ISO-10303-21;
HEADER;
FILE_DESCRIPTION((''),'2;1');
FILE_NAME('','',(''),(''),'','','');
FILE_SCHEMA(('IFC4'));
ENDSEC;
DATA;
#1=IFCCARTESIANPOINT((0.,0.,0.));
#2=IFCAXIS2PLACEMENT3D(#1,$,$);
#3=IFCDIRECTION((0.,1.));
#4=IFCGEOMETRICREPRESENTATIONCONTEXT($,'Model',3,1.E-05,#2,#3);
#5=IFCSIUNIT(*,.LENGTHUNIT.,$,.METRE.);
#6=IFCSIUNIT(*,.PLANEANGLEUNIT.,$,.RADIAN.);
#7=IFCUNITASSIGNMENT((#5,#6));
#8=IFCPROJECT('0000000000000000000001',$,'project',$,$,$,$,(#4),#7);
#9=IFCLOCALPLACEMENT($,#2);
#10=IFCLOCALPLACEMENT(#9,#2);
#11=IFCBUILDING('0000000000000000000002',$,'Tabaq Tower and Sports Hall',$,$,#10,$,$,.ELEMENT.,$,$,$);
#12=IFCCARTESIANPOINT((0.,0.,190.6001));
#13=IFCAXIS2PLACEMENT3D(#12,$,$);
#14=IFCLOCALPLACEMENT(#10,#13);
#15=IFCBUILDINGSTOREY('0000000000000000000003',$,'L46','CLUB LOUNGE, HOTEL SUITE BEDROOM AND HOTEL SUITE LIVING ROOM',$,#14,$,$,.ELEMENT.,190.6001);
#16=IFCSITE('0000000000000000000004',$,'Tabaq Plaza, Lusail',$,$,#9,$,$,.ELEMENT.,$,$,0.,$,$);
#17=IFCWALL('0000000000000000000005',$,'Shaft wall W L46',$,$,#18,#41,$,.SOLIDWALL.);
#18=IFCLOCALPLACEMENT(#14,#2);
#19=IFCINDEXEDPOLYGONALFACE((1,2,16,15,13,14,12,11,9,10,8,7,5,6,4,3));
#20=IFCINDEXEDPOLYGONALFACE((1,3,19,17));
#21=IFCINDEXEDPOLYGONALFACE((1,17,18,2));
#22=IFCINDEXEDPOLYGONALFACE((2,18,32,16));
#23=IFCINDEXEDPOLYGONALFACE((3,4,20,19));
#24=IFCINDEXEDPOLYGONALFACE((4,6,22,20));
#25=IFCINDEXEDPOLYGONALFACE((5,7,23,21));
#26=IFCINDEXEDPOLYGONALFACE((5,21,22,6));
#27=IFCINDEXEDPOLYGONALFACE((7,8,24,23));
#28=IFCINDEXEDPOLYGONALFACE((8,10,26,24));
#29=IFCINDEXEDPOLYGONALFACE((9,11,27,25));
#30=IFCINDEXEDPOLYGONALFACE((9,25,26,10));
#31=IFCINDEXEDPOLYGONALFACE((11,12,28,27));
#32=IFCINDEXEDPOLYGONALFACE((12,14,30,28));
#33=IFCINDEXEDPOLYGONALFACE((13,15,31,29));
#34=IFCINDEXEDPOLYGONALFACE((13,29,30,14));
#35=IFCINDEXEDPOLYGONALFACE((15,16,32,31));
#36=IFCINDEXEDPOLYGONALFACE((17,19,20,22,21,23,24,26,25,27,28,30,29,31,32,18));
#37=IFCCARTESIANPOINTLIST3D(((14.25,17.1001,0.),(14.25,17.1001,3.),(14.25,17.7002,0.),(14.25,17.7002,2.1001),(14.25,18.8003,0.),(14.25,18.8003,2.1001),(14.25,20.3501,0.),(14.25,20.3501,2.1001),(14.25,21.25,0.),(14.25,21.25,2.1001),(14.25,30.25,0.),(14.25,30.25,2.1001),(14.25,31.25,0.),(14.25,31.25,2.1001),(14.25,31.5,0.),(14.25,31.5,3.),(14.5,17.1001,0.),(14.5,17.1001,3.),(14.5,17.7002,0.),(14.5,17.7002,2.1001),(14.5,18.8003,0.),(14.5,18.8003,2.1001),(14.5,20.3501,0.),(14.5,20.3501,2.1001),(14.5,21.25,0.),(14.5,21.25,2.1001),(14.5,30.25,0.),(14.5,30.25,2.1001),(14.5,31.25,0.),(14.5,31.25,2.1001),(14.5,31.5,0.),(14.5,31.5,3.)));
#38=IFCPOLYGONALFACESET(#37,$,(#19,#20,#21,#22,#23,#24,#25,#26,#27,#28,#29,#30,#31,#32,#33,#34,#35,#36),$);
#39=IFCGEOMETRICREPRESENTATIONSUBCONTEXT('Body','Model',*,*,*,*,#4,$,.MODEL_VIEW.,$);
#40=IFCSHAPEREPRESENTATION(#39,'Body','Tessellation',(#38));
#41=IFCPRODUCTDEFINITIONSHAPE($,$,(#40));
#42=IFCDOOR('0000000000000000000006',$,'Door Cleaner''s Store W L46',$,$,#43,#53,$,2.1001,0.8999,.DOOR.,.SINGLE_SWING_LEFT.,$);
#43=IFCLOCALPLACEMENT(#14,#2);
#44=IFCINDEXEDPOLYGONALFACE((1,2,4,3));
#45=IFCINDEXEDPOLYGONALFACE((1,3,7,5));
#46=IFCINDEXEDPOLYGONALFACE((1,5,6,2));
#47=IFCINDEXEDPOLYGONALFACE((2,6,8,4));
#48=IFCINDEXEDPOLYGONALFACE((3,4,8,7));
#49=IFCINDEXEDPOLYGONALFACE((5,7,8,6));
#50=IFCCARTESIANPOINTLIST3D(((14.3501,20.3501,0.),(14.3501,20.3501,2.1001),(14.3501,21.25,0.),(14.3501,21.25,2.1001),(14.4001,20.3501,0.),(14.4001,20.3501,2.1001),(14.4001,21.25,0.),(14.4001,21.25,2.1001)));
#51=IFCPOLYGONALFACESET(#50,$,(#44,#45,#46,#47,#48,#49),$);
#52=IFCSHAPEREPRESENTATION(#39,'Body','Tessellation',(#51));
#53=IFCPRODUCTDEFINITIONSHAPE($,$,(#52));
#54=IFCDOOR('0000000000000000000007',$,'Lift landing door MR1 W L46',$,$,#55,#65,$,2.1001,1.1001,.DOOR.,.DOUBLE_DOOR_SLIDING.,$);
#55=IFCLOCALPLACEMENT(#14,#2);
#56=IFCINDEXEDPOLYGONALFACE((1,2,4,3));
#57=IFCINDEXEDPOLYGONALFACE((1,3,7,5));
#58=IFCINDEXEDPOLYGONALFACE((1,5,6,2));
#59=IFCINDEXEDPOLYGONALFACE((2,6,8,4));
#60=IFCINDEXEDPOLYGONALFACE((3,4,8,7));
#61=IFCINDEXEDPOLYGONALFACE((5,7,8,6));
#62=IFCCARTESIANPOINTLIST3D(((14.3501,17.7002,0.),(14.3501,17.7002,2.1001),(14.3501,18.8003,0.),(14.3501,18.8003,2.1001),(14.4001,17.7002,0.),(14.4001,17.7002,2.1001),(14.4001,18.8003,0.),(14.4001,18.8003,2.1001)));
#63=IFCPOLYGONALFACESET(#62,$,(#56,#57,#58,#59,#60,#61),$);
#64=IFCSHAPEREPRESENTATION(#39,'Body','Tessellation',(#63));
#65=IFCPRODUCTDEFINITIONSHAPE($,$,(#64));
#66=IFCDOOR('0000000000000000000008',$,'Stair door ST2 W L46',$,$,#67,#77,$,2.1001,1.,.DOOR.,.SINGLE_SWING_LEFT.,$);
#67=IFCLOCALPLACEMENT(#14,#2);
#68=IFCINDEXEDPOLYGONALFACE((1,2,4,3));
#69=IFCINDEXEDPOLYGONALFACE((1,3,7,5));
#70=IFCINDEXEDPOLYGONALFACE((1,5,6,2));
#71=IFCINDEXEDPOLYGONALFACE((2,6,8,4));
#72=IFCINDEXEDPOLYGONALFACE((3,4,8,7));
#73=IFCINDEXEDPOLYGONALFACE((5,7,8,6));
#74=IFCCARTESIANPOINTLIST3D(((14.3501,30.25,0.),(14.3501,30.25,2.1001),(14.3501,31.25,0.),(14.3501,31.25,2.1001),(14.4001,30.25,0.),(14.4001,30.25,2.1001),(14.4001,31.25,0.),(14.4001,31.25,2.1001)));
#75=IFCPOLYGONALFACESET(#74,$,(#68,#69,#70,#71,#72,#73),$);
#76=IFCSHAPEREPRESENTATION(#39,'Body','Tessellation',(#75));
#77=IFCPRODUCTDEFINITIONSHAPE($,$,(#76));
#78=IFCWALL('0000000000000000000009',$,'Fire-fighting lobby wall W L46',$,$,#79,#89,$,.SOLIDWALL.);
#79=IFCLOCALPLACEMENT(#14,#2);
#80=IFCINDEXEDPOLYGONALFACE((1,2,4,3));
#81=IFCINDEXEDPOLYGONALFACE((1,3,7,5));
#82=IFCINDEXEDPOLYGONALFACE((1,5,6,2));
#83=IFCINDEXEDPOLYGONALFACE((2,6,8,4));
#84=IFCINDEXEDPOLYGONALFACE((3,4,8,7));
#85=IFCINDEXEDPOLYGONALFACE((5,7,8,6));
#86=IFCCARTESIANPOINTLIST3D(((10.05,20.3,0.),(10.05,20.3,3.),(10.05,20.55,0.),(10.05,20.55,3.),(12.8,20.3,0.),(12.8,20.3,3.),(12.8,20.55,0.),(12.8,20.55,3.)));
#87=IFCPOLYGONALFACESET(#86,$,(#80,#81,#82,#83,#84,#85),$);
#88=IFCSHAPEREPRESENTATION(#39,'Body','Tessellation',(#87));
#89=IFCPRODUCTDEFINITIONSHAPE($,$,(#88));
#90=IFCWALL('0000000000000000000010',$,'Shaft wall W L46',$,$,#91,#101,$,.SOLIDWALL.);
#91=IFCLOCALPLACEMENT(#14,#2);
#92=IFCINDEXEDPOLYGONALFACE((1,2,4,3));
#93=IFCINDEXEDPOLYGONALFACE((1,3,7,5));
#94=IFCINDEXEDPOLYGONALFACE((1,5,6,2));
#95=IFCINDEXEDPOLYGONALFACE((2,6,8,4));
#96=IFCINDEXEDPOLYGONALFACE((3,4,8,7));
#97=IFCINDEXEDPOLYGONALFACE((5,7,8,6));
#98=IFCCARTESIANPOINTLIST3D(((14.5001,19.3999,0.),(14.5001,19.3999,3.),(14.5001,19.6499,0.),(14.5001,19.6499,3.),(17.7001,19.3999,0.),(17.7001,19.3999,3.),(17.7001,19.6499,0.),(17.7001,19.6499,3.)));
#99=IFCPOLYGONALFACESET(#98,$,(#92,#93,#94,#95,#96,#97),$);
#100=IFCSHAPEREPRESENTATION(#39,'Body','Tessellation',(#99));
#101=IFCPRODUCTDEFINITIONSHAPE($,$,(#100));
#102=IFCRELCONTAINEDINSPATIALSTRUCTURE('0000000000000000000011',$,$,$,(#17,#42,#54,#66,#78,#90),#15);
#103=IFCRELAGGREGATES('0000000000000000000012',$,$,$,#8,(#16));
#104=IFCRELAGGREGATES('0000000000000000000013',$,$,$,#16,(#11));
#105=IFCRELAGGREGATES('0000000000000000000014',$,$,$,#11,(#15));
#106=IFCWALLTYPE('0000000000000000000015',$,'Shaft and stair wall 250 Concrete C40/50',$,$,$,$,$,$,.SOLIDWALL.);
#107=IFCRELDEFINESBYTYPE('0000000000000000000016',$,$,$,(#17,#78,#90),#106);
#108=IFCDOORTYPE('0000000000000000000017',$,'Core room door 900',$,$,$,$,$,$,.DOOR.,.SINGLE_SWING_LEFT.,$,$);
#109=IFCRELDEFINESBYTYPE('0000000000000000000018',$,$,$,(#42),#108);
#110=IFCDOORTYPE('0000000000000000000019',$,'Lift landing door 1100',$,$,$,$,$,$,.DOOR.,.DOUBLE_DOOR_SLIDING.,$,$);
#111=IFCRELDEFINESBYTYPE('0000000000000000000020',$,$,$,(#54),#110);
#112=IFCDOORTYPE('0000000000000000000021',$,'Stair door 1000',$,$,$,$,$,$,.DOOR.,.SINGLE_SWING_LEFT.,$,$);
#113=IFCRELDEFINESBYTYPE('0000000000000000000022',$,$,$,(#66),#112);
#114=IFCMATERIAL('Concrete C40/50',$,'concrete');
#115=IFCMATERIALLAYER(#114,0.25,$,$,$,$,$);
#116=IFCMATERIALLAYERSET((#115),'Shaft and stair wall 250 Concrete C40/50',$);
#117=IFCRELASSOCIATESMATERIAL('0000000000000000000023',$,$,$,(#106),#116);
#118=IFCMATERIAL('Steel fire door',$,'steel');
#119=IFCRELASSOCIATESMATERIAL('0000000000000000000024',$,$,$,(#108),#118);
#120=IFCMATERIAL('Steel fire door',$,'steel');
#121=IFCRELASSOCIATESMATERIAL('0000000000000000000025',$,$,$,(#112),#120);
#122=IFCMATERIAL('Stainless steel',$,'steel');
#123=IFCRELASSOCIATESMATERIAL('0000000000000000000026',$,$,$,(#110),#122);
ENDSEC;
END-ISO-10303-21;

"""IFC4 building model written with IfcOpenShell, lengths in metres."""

from ifc_helpers import new_model, si_unit, direction, frame, frame_2d, origin, place, context, subcontext, project, spatial, rectangle, extrude, material, layer, layer_set, type_object, element, fill, save


model = new_model("IFC4")

# Units and contexts
model_context = context("Model", 3, precision=1e-05, world=origin(), true_north=direction((0.0, 1.0)))
body_context = subcontext(model_context, "Body", "Model", "MODEL_VIEW")
ifc_project = project(units=[si_unit("LENGTHUNIT", "METRE"), si_unit("PLANEANGLEUNIT", "RADIAN")], contexts=[model_context])

# Site, building, storey
site_placement = place(None, origin())
site = spatial("IfcSite", under=ifc_project, at=site_placement, Name="Tabaq Plaza, Lusail", CompositionType="ELEMENT", RefElevation=0.0)
building_placement = place(site_placement, origin())
building = spatial("IfcBuilding", under=site, at=building_placement, Name="Tabaq Tower and Sports Hall", CompositionType="ELEMENT")
storey_placement = place(building_placement, frame((0.0, 0.0, 190.6001)))
storey = spatial("IfcBuildingStorey", under=building, at=storey_placement, Name="L46", Description="CLUB LOUNGE, HOTEL SUITE BEDROOM AND HOTEL SUITE LIVING ROOM", CompositionType="ELEMENT", Elevation=190.6001)

# Wall, openings, doors
ifc_material_1 = material(Name="Concrete C40/50", Category="concrete")
ifc_layer_1 = layer(ifc_material_1, 0.25)
ifc_layer_set_1 = layer_set([ifc_layer_1], Name="Shaft and stair wall 250 Concrete C40/50")
wall_type_1 = type_object("IfcWallType", Name="Shaft and stair wall 250 Concrete C40/50", PredefinedType="SOLIDWALL", material=ifc_layer_set_1)
ifc_material_2 = material(Name="Steel fire door", Category="steel")
door_type_1 = type_object("IfcDoorType", Name="Core room door 900", OperationType="SINGLE_SWING_LEFT", PredefinedType="DOOR", material=ifc_material_2)
ifc_material_3 = material(Name="Steel fire door", Category="steel")
door_type_2 = type_object("IfcDoorType", Name="Stair door 1000", OperationType="SINGLE_SWING_LEFT", PredefinedType="DOOR", material=ifc_material_3)
wall_1_placement = place(storey_placement, frame((14.375, 17.1001, 0.0), z_axis=(0.0, 0.0, 1.0), x_axis=(0.0, 1.0, 0.0)))
wall_1 = element("IfcWall", 1, at=wall_1_placement, inside=storey, type_object=wall_type_1, Name="Shaft wall W L46", PredefinedType="SOLIDWALL", context=body_context, shape_type="SweptSolid", body=[
    extrude(rectangle(XDim=14.3999, YDim=0.25, at=frame_2d((7.2, 0.0))), origin(), (0.0, 0.0, 1.0), 3.0),
])
opening_1_placement = place(wall_1_placement, frame((13.1499, 0.0, 0.0)))
opening_1 = element("IfcOpeningElement", 2, at=opening_1_placement, cuts=wall_1, PredefinedType="OPENING", context=body_context, shape_type="SweptSolid", body=[
    extrude(rectangle(XDim=1.0, YDim=2.1001, at=frame_2d((0.5, 1.05))), frame((0.0, 0.125, 0.0), z_axis=(0.0, -1.0, 0.0), x_axis=(1.0, 0.0, 0.0)), (0.0, 0.0, 1.0), 0.25),
])
opening_2_placement = place(wall_1_placement, frame((0.6001, 0.0, 0.0)))
opening_2 = element("IfcOpeningElement", 3, at=opening_2_placement, cuts=wall_1, PredefinedType="OPENING", context=body_context, shape_type="SweptSolid", body=[
    extrude(rectangle(XDim=1.1001, YDim=2.1001, at=frame_2d((0.55, 1.05))), frame((0.0, 0.125, 0.0), z_axis=(0.0, -1.0, 0.0), x_axis=(1.0, 0.0, 0.0)), (0.0, 0.0, 1.0), 0.25),
])
opening_3_placement = place(wall_1_placement, frame((3.25, 0.0, 0.0)))
opening_3 = element("IfcOpeningElement", 4, at=opening_3_placement, cuts=wall_1, PredefinedType="OPENING", context=body_context, shape_type="SweptSolid", body=[
    extrude(rectangle(XDim=0.8999, YDim=2.1001, at=frame_2d((0.45, 1.05))), frame((0.0, 0.125, 0.0), z_axis=(0.0, -1.0, 0.0), x_axis=(1.0, 0.0, 0.0)), (0.0, 0.0, 1.0), 0.25),
])
door_1_placement = place(opening_3_placement, origin())
door_1 = element("IfcDoor", 5, at=door_1_placement, inside=storey, type_object=door_type_1, Name="Door Cleaner's Store W L46", OperationType="SINGLE_SWING_LEFT", OverallHeight=2.1001, OverallWidth=0.8999, PredefinedType="DOOR", context=body_context, shape_type="SweptSolid", body=[
    extrude(rectangle(XDim=0.8999, YDim=2.1001, at=frame_2d((0.45, 1.05))), frame((0.0, 0.0249, 0.0), z_axis=(0.0, -1.0, 0.0), x_axis=(1.0, 0.0, 0.0)), (0.0, 0.0, 1.0), 0.05),
])
fill(opening_3, door_1)
ifc_material_4 = material(Name="Stainless steel", Category="steel")
door_type_3 = type_object("IfcDoorType", Name="Lift landing door 1100", OperationType="DOUBLE_DOOR_SLIDING", PredefinedType="DOOR", material=ifc_material_4)
door_2_placement = place(opening_2_placement, origin())
door_2 = element("IfcDoor", 6, at=door_2_placement, inside=storey, type_object=door_type_3, Name="Lift landing door MR1 W L46", OperationType="DOUBLE_DOOR_SLIDING", OverallHeight=2.1001, OverallWidth=1.1001, PredefinedType="DOOR", context=body_context, shape_type="SweptSolid", body=[
    extrude(rectangle(XDim=1.1001, YDim=2.1001, at=frame_2d((0.55, 1.05))), frame((0.0, 0.0249, 0.0), z_axis=(0.0, -1.0, 0.0), x_axis=(1.0, 0.0, 0.0)), (0.0, 0.0, 1.0), 0.05),
])
fill(opening_2, door_2)
door_3_placement = place(opening_1_placement, origin())
door_3 = element("IfcDoor", 7, at=door_3_placement, inside=storey, type_object=door_type_2, Name="Stair door ST2 W L46", OperationType="SINGLE_SWING_LEFT", OverallHeight=2.1001, OverallWidth=1.0, PredefinedType="DOOR", context=body_context, shape_type="SweptSolid", body=[
    extrude(rectangle(XDim=1.0, YDim=2.1001, at=frame_2d((0.5, 1.05))), frame((0.0, 0.0249, 0.0), z_axis=(0.0, -1.0, 0.0), x_axis=(1.0, 0.0, 0.0)), (0.0, 0.0, 1.0), 0.05),
])
fill(opening_1, door_3)

# Walls
wall_2_placement = place(storey_placement, frame((10.05, 20.425, 0.0), z_axis=(0.0, 0.0, 1.0), x_axis=(1.0, 0.0, 0.0)))
element("IfcWall", 8, at=wall_2_placement, inside=storey, type_object=wall_type_1, Name="Fire-fighting lobby wall W L46", PredefinedType="SOLIDWALL", context=body_context, shape_type="SweptSolid", body=[
    extrude(rectangle(XDim=2.75, YDim=0.25, at=frame_2d((1.375, 0.0))), origin(), (0.0, 0.0, 1.0), 3.0),
])
wall_3_placement = place(storey_placement, frame((14.5, 19.5249, 0.0), z_axis=(0.0, 0.0, 1.0), x_axis=(1.0, 0.0, 0.0)))
element("IfcWall", 9, at=wall_3_placement, inside=storey, type_object=wall_type_1, Name="Shaft wall W L46", PredefinedType="SOLIDWALL", context=body_context, shape_type="SweptSolid", body=[
    extrude(rectangle(XDim=3.2, YDim=0.25, at=frame_2d((1.6001, 0.0))), origin(), (0.0, 0.0, 1.0), 3.0),
])

save(model, "model.ifc")
